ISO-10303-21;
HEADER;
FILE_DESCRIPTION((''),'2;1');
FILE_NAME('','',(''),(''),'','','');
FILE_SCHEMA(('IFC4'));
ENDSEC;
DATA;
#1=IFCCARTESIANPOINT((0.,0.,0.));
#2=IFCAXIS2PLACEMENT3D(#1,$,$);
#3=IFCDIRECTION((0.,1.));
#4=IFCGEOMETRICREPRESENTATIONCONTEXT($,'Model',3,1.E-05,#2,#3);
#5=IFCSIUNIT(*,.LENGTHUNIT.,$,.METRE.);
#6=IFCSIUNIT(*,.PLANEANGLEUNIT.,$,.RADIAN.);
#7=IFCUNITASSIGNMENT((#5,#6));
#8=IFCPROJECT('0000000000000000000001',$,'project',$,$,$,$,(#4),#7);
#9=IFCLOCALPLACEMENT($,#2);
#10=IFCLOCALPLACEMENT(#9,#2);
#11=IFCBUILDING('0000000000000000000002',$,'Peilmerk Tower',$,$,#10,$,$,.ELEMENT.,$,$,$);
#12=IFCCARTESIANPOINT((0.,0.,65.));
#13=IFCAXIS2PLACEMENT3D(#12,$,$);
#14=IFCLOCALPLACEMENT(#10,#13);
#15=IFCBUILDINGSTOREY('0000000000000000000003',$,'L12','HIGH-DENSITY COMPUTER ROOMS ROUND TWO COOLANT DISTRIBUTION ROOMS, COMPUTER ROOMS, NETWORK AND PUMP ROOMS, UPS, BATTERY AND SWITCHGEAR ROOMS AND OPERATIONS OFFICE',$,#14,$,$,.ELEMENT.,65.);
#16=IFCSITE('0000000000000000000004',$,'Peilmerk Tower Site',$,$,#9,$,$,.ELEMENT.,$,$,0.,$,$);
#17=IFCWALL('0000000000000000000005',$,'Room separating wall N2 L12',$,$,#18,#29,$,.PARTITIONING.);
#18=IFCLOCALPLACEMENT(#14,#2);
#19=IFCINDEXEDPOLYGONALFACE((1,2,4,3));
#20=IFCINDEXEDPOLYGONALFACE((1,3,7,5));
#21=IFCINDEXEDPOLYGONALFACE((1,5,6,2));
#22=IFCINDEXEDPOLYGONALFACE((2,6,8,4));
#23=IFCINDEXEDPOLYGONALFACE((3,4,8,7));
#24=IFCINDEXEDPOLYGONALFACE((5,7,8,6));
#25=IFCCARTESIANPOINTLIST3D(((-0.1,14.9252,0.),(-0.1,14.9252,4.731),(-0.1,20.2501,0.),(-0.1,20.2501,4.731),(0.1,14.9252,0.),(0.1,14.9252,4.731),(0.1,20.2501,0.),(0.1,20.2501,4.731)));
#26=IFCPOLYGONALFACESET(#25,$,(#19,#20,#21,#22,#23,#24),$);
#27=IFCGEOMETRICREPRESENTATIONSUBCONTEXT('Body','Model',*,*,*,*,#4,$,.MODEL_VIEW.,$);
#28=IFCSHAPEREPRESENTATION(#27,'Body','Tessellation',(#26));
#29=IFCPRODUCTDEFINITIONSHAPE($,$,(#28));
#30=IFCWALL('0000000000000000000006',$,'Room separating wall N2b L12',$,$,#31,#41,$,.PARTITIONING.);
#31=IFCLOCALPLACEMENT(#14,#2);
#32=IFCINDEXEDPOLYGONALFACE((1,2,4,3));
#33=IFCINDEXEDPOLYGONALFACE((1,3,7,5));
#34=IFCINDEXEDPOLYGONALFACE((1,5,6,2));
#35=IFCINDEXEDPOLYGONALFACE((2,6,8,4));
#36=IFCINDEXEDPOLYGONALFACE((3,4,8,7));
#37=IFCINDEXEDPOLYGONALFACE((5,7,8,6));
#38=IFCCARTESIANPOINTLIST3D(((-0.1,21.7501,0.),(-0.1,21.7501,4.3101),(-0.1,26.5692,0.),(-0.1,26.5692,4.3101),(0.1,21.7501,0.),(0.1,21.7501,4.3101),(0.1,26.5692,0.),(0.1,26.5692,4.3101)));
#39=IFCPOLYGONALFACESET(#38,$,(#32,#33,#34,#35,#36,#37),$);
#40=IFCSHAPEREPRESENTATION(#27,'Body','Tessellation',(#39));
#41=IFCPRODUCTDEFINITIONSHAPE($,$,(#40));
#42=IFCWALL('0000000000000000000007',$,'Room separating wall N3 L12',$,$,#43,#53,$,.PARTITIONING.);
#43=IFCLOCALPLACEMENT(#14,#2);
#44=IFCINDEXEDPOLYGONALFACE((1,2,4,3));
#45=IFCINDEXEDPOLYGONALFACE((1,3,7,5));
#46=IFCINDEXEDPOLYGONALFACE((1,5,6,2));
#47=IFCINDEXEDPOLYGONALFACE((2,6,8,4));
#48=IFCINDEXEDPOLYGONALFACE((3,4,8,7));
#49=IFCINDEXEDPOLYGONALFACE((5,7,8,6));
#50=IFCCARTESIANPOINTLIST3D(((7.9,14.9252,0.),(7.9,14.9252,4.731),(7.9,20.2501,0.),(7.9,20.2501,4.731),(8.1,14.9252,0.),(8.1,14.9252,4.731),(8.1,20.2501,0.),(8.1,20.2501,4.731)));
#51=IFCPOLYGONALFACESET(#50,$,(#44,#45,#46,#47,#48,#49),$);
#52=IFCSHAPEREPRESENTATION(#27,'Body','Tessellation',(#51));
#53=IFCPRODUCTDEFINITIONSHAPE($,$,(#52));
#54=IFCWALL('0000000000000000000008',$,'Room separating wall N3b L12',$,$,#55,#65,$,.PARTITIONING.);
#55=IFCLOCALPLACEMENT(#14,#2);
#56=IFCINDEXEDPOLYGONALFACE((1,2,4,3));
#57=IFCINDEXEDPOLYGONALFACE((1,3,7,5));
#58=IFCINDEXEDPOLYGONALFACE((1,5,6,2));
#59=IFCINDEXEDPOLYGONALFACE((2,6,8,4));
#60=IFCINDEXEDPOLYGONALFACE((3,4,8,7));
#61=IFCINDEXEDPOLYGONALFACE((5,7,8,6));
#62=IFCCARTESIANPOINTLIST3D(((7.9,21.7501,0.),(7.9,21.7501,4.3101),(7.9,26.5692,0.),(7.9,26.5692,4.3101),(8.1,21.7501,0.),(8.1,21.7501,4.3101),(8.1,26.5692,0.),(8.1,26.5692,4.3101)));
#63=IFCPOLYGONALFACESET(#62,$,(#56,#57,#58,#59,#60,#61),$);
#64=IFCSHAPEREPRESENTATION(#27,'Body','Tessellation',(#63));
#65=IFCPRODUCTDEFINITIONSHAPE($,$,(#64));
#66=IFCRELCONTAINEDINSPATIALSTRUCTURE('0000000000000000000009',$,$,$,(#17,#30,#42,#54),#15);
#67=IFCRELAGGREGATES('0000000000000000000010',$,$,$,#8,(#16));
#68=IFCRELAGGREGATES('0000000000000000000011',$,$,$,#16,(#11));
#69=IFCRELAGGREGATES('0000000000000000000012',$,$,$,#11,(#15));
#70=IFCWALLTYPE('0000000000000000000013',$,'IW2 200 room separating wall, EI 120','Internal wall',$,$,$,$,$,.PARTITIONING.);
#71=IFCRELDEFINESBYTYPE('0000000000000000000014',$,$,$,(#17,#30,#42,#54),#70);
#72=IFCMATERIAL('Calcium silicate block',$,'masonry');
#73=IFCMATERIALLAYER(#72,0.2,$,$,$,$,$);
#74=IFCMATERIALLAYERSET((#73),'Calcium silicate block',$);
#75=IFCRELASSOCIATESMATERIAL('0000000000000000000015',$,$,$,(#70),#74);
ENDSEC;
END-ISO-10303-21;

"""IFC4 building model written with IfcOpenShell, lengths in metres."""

from ifc_helpers import new_model, si_unit, direction, frame, frame_2d, origin, place, context, subcontext, project, spatial, rectangle, extrude, material, layer, layer_set, type_object, element, save


model = new_model("IFC4")

# Units and contexts
model_context = context("Model", 3, precision=1e-05, world=origin(), true_north=direction((0.0, 1.0)))
body_context = subcontext(model_context, "Body", "Model", "MODEL_VIEW")
ifc_project = project(units=[si_unit("LENGTHUNIT", "METRE"), si_unit("PLANEANGLEUNIT", "RADIAN")], contexts=[model_context])

# Site, building, storey
site_placement = place(None, origin())
site = spatial("IfcSite", under=ifc_project, at=site_placement, Name="Peilmerk Tower Site", CompositionType="ELEMENT", RefElevation=0.0)
building_placement = place(site_placement, origin())
building = spatial("IfcBuilding", under=site, at=building_placement, Name="Peilmerk Tower", CompositionType="ELEMENT")
storey_placement = place(building_placement, frame((0.0, 0.0, 65.0)))
storey = spatial("IfcBuildingStorey", under=building, at=storey_placement, Name="L12", Description="HIGH-DENSITY COMPUTER ROOMS ROUND TWO COOLANT DISTRIBUTION ROOMS, COMPUTER ROOMS, NETWORK AND PUMP ROOMS, UPS, BATTERY AND SWITCHGEAR ROOMS AND OPERATIONS OFFICE", CompositionType="ELEMENT", Elevation=65.0)

# Walls
ifc_material_1 = material(Name="Calcium silicate block", Category="masonry")
ifc_layer = layer(ifc_material_1, 0.2)
ifc_layer_set = layer_set([ifc_layer], Name="Calcium silicate block")
wall_type = type_object("IfcWallType", Name="IW2 200 room separating wall, EI 120", Description="Internal wall", PredefinedType="PARTITIONING", material=ifc_layer_set)
wall_1_placement = place(storey_placement, frame((0.0, 14.925, 0.0), z_axis=(0.0, 0.0, 1.0), x_axis=(0.0, 1.0, 0.0)))
element("IfcWall", 1, at=wall_1_placement, inside=storey, type_object=wall_type, Name="Room separating wall N2 L12", PredefinedType="PARTITIONING", context=body_context, shape_type="SweptSolid", body=[
    extrude(rectangle(XDim=5.325, YDim=0.2, at=frame_2d((2.6626, 0.0))), origin(), (0.0, 0.0, 1.0), 4.731),
])
wall_2_placement = place(storey_placement, frame((0.0, 21.75, 0.0), z_axis=(0.0, 0.0, 1.0), x_axis=(0.0, 1.0, 0.0)))
element("IfcWall", 2, at=wall_2_placement, inside=storey, type_object=wall_type, Name="Room separating wall N2b L12", PredefinedType="PARTITIONING", context=body_context, shape_type="SweptSolid", body=[
    extrude(rectangle(XDim=4.8191, YDim=0.2, at=frame_2d((2.4097, 0.0))), origin(), (0.0, 0.0, 1.0), 4.3101),
])
wall_3_placement = place(storey_placement, frame((8.0, 14.925, 0.0), z_axis=(0.0, 0.0, 1.0), x_axis=(0.0, 1.0, 0.0)))
element("IfcWall", 3, at=wall_3_placement, inside=storey, type_object=wall_type, Name="Room separating wall N3 L12", PredefinedType="PARTITIONING", context=body_context, shape_type="SweptSolid", body=[
    extrude(rectangle(XDim=5.325, YDim=0.2, at=frame_2d((2.6626, 0.0))), origin(), (0.0, 0.0, 1.0), 4.731),
])
wall_4_placement = place(storey_placement, frame((8.0, 21.75, 0.0), z_axis=(0.0, 0.0, 1.0), x_axis=(0.0, 1.0, 0.0)))
element("IfcWall", 4, at=wall_4_placement, inside=storey, type_object=wall_type, Name="Room separating wall N3b L12", PredefinedType="PARTITIONING", context=body_context, shape_type="SweptSolid", body=[
    extrude(rectangle(XDim=4.8191, YDim=0.2, at=frame_2d((2.4097, 0.0))), origin(), (0.0, 0.0, 1.0), 4.3101),
])

save(model, "model.ifc")
